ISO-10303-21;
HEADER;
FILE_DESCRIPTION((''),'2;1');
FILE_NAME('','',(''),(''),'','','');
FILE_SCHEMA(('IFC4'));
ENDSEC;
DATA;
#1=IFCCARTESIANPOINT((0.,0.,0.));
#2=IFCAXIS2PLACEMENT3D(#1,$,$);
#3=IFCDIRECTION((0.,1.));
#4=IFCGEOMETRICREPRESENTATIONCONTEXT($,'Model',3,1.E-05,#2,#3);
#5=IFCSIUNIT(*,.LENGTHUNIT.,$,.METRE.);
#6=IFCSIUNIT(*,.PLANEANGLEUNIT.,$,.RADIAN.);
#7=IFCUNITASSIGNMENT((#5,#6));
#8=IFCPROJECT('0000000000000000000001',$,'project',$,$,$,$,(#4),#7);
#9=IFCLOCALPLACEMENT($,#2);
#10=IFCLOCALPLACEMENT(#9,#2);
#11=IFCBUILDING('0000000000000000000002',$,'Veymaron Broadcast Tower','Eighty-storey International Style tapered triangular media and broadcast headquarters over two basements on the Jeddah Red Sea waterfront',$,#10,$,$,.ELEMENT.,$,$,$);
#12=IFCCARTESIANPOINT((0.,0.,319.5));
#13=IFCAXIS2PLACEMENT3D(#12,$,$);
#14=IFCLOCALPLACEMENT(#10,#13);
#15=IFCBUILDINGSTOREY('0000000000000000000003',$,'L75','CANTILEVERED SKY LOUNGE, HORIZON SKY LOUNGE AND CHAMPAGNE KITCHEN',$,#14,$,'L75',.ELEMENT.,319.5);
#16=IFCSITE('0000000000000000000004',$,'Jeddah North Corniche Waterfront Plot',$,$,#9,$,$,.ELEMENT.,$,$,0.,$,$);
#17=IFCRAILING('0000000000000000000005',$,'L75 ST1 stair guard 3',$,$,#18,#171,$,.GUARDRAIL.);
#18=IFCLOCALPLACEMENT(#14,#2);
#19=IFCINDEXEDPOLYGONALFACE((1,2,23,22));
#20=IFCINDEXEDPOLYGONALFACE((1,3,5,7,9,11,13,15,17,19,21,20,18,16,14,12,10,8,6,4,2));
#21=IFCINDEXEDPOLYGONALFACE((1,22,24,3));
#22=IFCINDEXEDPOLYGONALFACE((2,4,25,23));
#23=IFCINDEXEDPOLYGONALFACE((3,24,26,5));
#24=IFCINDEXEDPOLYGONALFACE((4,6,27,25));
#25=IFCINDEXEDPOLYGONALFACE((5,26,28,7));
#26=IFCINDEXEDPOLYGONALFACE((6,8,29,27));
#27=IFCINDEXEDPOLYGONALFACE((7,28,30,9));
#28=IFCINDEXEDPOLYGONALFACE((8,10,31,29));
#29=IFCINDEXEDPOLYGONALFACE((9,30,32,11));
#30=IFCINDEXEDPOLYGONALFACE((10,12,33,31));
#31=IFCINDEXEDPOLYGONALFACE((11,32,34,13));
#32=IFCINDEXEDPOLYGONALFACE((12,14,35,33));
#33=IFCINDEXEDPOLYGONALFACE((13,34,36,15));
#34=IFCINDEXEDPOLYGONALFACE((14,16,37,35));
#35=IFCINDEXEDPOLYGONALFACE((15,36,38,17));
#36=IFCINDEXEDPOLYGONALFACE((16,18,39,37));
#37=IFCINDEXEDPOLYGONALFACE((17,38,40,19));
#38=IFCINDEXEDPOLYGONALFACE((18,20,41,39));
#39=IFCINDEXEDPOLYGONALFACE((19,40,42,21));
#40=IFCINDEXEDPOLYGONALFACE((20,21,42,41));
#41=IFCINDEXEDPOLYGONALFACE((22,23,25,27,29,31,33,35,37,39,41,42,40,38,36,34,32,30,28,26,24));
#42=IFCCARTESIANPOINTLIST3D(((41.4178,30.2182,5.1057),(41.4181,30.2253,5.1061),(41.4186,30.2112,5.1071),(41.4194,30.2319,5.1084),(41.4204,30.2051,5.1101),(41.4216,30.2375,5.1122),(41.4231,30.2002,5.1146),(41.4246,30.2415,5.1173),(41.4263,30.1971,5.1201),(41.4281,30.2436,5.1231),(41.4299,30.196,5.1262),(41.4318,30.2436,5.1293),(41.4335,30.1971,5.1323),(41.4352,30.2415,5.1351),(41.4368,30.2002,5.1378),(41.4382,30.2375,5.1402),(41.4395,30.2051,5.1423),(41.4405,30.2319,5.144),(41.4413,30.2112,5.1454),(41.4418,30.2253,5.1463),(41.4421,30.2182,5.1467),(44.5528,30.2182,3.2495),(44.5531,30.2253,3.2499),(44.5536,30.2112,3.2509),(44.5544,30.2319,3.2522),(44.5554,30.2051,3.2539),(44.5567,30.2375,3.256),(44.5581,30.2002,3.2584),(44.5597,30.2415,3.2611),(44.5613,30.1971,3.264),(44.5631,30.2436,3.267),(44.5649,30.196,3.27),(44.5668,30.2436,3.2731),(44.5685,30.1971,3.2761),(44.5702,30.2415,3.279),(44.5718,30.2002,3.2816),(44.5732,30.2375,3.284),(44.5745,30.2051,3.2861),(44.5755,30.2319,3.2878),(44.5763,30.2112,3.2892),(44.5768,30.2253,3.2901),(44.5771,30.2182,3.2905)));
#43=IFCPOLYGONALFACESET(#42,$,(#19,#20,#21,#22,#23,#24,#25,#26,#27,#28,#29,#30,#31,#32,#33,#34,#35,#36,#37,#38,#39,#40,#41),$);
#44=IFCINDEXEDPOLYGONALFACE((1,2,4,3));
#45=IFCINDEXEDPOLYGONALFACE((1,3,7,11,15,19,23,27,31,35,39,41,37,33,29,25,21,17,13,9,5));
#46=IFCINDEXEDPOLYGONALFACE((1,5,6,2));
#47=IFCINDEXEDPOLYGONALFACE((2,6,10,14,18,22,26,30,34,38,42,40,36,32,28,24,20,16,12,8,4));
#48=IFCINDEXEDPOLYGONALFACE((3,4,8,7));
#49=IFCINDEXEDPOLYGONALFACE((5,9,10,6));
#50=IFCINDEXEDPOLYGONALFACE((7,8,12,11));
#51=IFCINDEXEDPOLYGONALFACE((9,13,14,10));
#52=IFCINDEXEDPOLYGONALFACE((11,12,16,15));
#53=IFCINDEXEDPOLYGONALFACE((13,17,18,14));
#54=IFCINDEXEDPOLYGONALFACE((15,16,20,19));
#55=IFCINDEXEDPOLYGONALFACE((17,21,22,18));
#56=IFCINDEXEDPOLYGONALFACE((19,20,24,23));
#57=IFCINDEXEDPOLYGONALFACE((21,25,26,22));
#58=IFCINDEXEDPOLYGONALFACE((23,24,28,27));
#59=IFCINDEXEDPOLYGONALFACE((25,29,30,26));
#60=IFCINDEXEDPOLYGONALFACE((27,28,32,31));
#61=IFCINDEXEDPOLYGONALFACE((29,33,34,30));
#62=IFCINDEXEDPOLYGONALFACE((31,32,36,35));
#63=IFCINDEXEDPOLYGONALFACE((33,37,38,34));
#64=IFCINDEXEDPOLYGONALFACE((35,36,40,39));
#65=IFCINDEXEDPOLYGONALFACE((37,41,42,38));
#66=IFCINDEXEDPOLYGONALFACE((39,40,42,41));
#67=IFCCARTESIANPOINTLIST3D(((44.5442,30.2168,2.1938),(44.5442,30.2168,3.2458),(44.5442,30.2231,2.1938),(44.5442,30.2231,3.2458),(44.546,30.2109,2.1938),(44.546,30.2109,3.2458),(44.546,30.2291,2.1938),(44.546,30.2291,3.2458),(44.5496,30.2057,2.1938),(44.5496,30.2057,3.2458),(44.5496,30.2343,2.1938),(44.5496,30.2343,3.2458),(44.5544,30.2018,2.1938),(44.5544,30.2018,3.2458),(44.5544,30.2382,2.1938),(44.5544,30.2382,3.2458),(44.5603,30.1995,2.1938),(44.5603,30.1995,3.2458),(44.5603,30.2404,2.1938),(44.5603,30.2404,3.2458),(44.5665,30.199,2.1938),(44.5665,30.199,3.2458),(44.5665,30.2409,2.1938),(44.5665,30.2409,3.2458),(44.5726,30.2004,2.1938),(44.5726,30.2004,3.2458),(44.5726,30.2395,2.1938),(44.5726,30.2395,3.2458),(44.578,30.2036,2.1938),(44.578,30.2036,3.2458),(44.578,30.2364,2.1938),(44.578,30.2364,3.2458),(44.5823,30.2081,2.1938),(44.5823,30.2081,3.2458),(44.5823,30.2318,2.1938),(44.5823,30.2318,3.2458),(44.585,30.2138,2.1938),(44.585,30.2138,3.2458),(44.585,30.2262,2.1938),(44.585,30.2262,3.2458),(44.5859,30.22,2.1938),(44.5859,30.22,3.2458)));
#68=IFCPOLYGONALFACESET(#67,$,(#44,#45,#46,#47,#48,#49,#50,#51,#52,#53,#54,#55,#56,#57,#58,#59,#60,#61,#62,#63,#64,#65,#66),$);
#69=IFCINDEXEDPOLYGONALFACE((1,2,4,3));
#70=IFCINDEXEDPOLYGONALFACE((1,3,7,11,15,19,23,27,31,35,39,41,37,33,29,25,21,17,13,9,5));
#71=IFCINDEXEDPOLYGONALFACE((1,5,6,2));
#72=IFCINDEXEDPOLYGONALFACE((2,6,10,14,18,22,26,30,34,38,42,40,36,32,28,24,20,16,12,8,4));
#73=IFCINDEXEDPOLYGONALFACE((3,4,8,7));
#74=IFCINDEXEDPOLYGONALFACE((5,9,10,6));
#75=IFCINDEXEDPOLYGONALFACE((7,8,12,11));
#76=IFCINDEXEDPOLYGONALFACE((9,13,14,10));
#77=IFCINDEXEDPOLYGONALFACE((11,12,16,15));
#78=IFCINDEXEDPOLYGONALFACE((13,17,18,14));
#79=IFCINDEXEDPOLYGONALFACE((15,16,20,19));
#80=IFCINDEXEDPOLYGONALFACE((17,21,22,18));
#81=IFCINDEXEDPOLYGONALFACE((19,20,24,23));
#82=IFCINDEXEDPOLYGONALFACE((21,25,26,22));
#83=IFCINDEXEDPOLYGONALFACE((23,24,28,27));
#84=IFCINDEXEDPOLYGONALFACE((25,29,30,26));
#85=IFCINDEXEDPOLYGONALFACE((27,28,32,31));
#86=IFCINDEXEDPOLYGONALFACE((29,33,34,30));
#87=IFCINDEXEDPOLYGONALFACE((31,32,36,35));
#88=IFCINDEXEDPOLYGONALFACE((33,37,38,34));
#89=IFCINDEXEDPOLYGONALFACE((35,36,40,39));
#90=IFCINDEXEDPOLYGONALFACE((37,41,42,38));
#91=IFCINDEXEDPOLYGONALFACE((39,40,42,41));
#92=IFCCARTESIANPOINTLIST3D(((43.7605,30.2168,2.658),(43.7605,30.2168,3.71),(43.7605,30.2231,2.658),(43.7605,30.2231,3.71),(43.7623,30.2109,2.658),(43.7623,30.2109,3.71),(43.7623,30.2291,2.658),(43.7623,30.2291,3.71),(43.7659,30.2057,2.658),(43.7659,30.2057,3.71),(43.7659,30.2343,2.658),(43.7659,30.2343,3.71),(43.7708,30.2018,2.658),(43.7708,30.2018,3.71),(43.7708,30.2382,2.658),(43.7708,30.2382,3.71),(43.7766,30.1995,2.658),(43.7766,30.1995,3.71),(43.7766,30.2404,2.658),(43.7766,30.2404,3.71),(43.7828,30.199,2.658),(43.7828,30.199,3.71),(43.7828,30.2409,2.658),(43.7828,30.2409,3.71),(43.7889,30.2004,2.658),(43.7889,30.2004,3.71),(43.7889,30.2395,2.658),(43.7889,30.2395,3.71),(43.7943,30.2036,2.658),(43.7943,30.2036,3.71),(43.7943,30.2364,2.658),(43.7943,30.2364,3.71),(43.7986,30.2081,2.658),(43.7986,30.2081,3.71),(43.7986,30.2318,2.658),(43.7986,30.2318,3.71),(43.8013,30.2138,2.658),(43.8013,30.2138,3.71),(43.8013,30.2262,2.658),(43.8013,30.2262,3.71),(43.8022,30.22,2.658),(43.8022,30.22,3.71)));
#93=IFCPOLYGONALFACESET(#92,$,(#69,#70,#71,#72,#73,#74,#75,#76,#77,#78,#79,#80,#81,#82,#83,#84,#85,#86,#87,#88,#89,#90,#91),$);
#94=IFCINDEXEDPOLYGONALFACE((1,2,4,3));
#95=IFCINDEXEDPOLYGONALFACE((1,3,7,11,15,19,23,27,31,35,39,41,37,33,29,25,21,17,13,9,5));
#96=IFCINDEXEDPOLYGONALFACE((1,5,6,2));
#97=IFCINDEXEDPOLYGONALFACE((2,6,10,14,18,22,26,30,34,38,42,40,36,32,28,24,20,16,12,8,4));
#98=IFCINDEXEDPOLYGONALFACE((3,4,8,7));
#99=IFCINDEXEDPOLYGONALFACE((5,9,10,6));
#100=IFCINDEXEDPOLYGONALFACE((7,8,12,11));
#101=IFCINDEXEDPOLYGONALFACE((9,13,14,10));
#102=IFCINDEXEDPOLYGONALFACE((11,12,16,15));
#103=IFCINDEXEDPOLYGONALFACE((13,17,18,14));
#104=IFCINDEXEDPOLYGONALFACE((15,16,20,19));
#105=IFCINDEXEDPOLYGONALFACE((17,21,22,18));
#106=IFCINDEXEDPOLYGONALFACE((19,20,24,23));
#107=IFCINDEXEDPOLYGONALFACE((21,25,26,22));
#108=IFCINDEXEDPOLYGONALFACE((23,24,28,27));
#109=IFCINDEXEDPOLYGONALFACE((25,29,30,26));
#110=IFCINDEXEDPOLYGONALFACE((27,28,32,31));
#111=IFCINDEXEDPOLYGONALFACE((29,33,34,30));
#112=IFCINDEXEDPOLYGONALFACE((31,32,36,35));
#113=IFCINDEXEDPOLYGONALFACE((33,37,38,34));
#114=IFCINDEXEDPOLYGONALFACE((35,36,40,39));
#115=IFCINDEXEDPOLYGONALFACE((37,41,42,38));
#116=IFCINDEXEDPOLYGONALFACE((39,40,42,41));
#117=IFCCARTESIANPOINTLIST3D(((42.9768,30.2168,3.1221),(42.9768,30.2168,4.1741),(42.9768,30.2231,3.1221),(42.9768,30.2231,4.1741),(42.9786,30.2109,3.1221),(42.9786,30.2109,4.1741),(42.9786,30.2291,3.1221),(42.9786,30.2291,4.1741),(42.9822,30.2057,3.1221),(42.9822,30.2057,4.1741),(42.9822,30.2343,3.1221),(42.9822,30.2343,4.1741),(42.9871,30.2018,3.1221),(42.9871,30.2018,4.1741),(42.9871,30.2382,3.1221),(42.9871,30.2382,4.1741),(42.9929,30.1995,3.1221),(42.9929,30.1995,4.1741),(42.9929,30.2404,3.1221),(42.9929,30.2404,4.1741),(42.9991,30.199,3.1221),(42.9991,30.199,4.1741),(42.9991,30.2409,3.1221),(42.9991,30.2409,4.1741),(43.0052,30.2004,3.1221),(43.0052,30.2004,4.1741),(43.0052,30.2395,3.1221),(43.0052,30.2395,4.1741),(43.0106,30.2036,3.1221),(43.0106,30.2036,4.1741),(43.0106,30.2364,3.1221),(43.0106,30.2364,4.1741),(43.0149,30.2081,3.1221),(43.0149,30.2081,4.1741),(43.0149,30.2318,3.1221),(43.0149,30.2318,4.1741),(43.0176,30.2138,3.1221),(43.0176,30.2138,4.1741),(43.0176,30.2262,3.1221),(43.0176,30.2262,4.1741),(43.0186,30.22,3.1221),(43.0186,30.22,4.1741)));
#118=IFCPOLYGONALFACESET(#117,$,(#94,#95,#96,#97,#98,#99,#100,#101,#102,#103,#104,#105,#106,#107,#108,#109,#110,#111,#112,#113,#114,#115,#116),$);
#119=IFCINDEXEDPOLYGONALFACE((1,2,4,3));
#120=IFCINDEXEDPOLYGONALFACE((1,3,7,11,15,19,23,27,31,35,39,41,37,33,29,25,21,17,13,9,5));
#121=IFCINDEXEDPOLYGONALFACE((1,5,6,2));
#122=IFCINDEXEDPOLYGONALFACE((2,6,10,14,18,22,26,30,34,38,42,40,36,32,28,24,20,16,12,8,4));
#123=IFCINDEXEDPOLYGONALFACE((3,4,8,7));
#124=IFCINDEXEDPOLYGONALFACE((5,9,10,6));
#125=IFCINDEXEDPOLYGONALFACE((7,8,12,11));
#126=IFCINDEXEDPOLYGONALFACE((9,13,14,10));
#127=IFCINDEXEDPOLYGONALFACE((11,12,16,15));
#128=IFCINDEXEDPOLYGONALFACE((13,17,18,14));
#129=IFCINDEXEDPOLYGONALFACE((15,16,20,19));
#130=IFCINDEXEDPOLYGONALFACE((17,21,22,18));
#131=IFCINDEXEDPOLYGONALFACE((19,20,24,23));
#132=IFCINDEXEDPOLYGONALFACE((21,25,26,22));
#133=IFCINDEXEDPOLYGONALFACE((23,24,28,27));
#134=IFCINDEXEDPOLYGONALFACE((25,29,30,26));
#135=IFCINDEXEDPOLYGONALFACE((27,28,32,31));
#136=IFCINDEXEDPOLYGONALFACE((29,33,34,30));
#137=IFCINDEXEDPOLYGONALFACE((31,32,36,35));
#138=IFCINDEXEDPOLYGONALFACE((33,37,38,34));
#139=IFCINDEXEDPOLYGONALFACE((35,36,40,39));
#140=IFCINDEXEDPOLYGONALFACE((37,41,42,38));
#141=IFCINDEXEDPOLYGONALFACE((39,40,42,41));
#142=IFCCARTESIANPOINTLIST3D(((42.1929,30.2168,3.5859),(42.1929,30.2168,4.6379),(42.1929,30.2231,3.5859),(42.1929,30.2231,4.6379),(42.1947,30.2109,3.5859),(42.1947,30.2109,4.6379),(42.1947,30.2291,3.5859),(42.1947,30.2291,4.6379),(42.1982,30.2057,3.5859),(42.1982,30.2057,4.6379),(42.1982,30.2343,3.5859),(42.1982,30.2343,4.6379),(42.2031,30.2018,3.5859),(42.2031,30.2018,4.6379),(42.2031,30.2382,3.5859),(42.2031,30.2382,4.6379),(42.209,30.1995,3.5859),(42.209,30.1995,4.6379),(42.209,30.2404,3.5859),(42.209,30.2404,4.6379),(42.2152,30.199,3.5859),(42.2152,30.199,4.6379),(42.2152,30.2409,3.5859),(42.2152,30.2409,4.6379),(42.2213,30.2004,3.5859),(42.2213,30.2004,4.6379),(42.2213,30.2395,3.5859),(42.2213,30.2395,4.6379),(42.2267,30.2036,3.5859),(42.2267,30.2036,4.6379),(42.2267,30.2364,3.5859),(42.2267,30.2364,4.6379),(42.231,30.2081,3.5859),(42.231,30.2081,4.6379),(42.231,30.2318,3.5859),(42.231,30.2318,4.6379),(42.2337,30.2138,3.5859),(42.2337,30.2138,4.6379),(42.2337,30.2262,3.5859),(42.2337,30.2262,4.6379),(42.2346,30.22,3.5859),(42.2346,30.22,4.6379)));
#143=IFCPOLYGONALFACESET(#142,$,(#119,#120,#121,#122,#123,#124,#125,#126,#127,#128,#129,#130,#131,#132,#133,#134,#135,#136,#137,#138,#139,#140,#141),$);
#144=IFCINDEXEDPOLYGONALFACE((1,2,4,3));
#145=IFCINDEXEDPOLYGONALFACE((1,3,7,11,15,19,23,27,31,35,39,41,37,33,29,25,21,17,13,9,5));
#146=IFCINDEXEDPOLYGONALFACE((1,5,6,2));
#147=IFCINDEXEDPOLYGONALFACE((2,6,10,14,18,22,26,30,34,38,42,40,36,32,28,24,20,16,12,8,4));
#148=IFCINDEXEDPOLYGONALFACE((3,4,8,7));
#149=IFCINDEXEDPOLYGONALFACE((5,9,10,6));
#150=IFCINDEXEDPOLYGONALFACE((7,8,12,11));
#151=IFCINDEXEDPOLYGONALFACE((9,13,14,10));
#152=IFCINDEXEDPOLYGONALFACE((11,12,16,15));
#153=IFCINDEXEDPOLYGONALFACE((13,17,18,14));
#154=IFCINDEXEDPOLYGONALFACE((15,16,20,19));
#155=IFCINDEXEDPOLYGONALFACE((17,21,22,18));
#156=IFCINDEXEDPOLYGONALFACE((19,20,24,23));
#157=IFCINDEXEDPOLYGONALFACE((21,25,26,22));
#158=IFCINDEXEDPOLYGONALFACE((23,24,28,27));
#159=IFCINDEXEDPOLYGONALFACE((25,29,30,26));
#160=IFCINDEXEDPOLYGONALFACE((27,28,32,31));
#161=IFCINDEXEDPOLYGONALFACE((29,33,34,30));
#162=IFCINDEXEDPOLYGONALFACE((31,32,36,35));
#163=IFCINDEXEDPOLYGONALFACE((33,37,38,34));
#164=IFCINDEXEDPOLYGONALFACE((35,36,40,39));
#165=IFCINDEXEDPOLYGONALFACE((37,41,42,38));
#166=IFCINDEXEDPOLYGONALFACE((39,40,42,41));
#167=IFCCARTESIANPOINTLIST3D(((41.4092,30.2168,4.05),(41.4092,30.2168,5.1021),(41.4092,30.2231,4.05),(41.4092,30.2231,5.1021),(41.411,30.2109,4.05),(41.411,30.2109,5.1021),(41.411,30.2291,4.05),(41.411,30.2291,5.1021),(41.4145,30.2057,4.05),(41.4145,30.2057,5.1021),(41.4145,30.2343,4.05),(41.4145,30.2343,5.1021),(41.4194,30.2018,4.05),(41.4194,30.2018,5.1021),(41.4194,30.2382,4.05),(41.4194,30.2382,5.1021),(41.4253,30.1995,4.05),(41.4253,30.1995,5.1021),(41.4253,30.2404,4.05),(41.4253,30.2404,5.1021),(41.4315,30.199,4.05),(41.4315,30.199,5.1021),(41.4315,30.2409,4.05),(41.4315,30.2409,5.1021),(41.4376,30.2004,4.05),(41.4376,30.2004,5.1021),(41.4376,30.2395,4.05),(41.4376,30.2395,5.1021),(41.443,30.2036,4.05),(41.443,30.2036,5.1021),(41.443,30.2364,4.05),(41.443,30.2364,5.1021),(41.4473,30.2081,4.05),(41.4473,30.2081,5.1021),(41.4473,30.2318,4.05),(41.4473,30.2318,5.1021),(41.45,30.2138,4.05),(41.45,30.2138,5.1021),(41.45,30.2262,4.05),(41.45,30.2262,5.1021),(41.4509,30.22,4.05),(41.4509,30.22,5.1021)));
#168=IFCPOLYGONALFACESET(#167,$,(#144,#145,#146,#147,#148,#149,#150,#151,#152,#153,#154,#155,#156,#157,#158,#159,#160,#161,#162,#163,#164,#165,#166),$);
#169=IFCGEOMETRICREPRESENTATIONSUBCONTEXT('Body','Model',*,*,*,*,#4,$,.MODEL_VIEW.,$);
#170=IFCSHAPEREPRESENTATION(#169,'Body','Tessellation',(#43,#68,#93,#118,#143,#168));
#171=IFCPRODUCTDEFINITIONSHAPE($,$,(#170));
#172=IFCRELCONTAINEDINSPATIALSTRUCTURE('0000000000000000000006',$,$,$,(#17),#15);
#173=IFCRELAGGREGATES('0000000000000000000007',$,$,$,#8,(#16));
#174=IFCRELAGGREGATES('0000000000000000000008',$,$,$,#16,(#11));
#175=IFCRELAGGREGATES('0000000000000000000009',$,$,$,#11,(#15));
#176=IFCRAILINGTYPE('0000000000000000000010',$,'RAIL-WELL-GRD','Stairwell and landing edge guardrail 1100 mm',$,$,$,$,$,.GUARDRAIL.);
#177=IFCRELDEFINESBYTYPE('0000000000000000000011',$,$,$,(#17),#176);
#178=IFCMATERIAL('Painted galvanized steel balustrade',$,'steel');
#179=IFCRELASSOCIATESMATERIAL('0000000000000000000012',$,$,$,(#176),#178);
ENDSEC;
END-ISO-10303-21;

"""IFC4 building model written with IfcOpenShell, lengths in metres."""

from ifc_helpers import new_model, si_unit, direction, frame, origin, origin_2d, place, context, subcontext, project, spatial, circle, extrude, material, type_object, element, save


model = new_model("IFC4")

# Units and contexts
model_context = context("Model", 3, precision=1e-05, world=origin(), true_north=direction((0.0, 1.0)))
body_context = subcontext(model_context, "Body", "Model", "MODEL_VIEW")
ifc_project = project(units=[si_unit("LENGTHUNIT", "METRE"), si_unit("PLANEANGLEUNIT", "RADIAN")], contexts=[model_context])

# Site, building, storey
site_placement = place(None, origin())
site = spatial("IfcSite", under=ifc_project, at=site_placement, Name="Jeddah North Corniche Waterfront Plot", CompositionType="ELEMENT", RefElevation=0.0)
building_placement = place(site_placement, origin())
building = spatial("IfcBuilding", under=site, at=building_placement, Name="Veymaron Broadcast Tower", Description="Eighty-storey International Style tapered triangular media and broadcast headquarters over two basements on the Jeddah Red Sea waterfront", CompositionType="ELEMENT")
storey_placement = place(building_placement, frame((0.0, 0.0, 319.5)))
storey = spatial("IfcBuildingStorey", under=building, at=storey_placement, Name="L75", Description="CANTILEVERED SKY LOUNGE, HORIZON SKY LOUNGE AND CHAMPAGNE KITCHEN", LongName="L75", CompositionType="ELEMENT", Elevation=319.5)

# Railing
ifc_material_1 = material(Name="Painted galvanized steel balustrade", Category="steel")
railing_type_1 = type_object("IfcRailingType", Name="RAIL-WELL-GRD", Description="Stairwell and landing edge guardrail 1100 mm", PredefinedType="GUARDRAIL", material=ifc_material_1)
railing_1_placement = place(storey_placement, frame((44.5649, 30.22, 2.1938)))
element("IfcRailing", 1, at=railing_1_placement, inside=storey, type_object=railing_type_1, Name="L75 ST1 stair guard 3", PredefinedType="GUARDRAIL", context=body_context, shape_type="SweptSolid", body=[
    extrude(circle(Radius=0.0239, at=origin_2d()), frame((0.0, 0.0, 1.0762), z_axis=(-0.860482, 0.0, 0.509481), x_axis=(0.0, -1.0, 0.0)), (0.0, 0.0, 1.0), 3.6433),
    extrude(circle(Radius=0.021, at=origin_2d()), origin(), (0.0, 0.0, 1.0), 1.052),
    extrude(circle(Radius=0.021, at=origin_2d()), frame((-0.7837, 0.0, 0.4641)), (0.0, 0.0, 1.0), 1.052),
    extrude(circle(Radius=0.021, at=origin_2d()), frame((-1.5674, 0.0, 0.9282)), (0.0, 0.0, 1.0), 1.052),
    extrude(circle(Radius=0.021, at=origin_2d()), frame((-2.3513, 0.0, 1.3921)), (0.0, 0.0, 1.0), 1.052),
    extrude(circle(Radius=0.021, at=origin_2d()), frame((-3.135, 0.0, 1.8562)), (0.0, 0.0, 1.0), 1.052),
])

save(model, "model.ifc")
